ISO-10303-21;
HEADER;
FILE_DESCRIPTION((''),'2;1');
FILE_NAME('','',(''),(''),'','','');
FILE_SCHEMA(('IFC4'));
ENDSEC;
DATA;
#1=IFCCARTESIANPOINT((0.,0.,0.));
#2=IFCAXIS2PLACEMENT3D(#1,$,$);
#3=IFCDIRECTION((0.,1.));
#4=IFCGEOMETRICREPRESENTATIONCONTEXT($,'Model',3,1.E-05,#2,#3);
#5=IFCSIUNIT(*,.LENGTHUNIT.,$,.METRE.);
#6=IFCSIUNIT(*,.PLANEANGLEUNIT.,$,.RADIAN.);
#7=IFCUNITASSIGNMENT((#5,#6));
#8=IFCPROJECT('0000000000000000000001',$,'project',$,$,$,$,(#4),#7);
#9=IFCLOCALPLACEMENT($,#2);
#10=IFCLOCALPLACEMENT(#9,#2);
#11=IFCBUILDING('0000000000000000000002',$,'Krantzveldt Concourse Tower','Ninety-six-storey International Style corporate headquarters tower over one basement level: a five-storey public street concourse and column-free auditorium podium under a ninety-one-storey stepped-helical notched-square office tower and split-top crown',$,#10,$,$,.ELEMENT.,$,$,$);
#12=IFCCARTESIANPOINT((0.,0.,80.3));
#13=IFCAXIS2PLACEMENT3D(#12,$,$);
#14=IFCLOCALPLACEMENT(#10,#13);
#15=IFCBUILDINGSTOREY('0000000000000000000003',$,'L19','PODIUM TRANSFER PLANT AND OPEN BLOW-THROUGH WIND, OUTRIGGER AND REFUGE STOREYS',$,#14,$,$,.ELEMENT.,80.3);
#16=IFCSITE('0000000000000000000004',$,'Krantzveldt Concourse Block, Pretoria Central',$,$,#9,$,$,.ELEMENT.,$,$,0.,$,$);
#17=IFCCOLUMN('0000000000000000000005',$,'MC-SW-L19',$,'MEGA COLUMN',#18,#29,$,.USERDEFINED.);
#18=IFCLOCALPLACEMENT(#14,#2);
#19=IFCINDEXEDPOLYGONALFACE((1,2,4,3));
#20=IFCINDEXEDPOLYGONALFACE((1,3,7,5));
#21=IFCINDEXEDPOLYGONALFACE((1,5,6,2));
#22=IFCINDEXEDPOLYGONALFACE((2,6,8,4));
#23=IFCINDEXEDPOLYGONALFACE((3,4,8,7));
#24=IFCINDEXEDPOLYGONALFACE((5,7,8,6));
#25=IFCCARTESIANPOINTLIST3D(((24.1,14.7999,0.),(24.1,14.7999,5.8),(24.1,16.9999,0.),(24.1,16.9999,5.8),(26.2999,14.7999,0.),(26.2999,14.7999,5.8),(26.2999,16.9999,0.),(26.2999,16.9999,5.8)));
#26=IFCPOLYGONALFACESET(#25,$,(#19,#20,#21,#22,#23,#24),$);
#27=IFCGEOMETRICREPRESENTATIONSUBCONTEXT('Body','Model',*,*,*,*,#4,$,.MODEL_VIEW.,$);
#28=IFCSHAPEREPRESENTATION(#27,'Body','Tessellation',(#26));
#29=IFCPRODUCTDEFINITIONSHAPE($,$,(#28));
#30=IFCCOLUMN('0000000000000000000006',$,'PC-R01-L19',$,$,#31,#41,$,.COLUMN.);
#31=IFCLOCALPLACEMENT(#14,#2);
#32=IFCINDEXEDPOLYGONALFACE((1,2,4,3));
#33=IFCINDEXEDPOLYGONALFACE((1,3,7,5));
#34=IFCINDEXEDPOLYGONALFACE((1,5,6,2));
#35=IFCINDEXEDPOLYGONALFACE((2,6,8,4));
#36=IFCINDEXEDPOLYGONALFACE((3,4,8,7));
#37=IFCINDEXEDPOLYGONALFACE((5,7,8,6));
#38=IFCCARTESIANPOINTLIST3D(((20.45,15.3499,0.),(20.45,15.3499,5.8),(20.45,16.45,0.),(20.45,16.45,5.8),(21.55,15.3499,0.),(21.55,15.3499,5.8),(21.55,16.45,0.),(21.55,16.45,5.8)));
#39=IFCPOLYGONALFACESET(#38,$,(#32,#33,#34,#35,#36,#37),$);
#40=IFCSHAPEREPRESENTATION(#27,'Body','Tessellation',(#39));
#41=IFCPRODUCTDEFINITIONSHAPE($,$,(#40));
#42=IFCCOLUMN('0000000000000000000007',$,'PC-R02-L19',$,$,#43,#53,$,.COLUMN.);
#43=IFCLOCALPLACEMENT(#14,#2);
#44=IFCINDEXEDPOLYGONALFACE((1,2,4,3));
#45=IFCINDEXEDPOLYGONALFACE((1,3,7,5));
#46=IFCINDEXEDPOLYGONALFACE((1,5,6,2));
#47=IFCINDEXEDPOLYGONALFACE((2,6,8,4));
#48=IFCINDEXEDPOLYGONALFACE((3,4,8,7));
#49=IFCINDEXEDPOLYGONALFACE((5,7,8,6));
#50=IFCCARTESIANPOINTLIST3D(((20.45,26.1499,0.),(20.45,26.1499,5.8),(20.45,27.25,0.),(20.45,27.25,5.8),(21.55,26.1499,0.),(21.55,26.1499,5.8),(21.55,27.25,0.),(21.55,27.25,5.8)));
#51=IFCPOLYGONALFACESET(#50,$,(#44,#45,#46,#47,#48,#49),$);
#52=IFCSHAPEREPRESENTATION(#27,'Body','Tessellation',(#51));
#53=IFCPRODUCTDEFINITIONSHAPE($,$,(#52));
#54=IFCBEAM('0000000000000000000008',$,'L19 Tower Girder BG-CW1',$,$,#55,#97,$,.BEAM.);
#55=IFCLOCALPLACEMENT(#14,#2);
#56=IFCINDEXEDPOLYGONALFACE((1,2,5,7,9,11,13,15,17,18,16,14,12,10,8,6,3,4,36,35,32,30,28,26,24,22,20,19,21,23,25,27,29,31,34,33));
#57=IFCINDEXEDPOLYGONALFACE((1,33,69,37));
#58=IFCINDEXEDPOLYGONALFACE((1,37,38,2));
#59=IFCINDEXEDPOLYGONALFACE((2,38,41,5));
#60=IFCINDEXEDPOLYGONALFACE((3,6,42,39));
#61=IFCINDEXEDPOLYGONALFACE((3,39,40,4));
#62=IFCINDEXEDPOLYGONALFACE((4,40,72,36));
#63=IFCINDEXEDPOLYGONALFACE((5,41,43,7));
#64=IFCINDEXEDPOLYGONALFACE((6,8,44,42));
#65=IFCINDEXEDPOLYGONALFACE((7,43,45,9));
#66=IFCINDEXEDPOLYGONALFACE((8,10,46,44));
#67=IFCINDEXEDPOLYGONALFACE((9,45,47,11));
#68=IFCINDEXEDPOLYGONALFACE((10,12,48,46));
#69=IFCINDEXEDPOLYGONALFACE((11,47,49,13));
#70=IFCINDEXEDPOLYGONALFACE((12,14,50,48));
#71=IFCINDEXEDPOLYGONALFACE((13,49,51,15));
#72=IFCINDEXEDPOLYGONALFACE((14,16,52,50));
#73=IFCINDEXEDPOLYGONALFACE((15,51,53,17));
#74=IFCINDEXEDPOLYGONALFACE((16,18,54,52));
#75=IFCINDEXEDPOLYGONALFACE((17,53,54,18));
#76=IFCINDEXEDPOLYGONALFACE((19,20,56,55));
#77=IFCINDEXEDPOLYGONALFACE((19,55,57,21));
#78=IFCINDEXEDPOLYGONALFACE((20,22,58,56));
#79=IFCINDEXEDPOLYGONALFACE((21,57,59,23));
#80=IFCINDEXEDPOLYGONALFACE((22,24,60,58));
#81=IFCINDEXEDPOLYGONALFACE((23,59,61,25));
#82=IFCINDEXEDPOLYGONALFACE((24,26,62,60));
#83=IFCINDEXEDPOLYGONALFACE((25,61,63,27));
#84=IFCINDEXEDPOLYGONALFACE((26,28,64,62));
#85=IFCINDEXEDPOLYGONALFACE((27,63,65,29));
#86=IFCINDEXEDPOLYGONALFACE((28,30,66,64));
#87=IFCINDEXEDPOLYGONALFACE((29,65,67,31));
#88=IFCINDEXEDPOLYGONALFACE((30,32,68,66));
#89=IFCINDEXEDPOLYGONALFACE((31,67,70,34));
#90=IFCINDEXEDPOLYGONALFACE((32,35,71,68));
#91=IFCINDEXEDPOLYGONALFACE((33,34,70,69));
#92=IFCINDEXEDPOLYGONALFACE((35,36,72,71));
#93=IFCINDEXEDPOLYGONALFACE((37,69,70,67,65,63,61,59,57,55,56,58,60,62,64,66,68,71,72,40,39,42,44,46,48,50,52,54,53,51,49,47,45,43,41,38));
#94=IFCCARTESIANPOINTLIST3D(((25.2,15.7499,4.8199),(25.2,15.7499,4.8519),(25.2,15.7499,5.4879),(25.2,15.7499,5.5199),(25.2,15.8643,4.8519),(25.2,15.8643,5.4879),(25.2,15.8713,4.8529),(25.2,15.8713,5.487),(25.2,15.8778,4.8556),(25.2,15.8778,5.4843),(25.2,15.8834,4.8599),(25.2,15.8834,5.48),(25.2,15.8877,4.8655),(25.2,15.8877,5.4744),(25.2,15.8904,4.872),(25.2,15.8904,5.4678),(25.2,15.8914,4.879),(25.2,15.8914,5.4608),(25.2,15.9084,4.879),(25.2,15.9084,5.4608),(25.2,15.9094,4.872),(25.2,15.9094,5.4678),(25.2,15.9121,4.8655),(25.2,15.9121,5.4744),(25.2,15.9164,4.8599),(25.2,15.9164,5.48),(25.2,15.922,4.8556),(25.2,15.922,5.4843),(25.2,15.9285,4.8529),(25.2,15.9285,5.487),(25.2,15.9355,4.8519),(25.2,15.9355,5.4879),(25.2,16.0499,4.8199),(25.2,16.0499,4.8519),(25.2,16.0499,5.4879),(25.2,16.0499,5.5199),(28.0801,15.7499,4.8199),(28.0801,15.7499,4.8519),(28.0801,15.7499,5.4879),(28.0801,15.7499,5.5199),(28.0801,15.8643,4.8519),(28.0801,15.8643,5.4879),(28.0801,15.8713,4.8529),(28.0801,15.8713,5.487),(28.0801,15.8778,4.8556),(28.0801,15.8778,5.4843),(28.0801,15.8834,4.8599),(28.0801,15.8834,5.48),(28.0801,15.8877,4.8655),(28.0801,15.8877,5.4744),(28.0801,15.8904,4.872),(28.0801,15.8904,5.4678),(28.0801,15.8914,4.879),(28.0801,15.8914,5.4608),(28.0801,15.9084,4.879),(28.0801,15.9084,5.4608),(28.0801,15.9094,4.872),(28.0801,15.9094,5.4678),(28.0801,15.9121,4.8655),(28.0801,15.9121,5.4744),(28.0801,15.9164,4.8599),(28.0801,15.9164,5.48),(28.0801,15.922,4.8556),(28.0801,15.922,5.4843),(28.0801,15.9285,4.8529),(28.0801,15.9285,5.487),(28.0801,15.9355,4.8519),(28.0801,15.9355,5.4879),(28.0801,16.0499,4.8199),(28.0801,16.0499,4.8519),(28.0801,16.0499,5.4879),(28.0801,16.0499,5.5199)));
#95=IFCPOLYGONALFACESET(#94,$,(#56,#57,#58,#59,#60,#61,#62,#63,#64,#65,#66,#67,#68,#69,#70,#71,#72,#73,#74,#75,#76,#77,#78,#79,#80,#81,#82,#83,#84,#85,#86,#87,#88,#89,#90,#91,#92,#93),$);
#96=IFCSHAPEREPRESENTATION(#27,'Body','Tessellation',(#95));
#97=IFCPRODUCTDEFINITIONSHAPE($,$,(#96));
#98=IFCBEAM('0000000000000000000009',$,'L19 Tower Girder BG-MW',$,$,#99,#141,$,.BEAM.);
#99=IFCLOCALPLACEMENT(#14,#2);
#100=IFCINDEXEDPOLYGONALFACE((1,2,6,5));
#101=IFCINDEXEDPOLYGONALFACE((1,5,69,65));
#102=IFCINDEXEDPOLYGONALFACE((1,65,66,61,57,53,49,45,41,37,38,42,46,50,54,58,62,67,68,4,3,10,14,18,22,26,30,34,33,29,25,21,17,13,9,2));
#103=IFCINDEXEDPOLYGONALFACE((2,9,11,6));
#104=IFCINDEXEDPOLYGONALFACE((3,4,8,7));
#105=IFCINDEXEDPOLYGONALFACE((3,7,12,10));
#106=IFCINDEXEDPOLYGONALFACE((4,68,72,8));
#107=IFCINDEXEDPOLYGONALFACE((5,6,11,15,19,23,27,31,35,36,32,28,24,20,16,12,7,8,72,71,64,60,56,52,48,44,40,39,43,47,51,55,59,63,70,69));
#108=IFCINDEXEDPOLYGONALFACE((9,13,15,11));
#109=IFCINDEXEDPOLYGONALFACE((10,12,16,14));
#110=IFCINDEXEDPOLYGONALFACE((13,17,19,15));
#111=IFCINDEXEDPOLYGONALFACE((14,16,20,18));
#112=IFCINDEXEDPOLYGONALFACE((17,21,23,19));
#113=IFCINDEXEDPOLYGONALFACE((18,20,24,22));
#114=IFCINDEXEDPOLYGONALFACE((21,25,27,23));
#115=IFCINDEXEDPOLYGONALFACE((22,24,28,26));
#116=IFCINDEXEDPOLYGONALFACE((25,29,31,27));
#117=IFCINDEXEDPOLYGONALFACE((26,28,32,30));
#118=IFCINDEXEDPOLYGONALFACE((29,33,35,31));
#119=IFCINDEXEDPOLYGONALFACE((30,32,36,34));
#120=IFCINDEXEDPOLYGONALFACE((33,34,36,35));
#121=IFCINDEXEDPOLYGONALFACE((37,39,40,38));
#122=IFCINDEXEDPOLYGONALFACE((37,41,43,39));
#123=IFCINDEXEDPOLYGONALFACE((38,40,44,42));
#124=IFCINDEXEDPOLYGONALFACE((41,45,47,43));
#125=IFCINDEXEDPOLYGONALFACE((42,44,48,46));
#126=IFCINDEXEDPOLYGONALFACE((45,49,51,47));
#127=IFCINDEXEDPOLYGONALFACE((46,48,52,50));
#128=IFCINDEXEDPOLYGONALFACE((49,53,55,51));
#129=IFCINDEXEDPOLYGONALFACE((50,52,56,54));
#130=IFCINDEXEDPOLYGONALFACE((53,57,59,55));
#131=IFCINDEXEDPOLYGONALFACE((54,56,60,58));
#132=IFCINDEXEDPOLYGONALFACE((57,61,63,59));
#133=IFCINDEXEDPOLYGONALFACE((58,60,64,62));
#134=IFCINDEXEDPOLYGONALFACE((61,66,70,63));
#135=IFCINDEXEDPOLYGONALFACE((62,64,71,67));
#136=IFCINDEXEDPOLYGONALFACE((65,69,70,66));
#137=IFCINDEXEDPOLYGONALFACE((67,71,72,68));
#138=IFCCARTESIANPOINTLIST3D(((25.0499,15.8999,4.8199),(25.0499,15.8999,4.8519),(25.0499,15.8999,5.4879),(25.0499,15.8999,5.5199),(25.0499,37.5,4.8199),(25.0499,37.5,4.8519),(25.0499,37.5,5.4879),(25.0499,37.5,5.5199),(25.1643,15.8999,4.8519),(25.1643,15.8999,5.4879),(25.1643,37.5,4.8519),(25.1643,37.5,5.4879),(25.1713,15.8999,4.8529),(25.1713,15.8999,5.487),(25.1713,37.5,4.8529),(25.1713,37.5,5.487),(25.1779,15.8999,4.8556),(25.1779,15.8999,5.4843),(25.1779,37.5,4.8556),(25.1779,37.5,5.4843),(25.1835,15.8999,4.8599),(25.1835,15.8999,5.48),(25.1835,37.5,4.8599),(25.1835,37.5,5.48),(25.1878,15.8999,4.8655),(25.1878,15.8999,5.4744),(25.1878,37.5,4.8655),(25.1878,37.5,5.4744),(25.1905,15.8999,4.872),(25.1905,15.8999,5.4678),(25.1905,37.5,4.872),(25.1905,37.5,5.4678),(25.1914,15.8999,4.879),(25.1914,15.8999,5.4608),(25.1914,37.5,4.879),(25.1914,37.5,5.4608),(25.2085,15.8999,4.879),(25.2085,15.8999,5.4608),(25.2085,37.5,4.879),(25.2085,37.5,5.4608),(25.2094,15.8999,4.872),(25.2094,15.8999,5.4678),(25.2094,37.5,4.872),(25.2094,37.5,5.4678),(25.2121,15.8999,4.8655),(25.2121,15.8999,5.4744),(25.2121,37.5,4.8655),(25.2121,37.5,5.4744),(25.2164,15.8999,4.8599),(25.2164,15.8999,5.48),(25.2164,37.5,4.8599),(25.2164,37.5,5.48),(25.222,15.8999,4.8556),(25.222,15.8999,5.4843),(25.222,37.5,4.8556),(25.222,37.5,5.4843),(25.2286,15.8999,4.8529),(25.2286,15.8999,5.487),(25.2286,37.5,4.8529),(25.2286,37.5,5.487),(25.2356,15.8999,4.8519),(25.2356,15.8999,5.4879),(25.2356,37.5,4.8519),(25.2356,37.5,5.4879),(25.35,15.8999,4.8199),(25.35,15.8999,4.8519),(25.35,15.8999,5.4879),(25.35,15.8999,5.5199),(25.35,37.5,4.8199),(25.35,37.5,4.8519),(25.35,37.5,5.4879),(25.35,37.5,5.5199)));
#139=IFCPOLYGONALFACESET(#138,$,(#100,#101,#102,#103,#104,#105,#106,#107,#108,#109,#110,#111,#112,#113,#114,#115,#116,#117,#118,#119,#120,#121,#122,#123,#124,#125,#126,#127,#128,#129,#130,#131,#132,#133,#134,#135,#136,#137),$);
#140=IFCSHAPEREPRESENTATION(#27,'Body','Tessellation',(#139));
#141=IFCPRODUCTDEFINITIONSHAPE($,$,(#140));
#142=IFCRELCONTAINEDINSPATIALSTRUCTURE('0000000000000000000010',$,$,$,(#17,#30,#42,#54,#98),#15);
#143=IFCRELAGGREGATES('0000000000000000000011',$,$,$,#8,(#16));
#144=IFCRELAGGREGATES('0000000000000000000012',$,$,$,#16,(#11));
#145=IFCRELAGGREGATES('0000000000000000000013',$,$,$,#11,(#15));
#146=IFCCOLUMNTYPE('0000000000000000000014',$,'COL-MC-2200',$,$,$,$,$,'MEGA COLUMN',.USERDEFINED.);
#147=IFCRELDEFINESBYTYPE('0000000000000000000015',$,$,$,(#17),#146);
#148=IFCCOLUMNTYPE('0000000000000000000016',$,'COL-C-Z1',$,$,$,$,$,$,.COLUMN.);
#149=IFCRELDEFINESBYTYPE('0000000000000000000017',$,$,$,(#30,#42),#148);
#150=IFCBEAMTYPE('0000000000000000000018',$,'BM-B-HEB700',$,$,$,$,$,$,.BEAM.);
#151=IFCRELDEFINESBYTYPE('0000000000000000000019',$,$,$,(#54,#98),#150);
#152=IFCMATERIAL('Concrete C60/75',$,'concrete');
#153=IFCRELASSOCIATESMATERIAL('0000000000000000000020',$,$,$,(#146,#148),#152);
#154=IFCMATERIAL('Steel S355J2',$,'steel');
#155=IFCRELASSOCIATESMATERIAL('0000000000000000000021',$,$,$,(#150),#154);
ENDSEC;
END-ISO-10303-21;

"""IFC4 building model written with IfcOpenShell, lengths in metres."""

from ifc_helpers import new_model, si_unit, direction, frame, origin, origin_2d, place, context, subcontext, project, spatial, rectangle, i_section, extrude, source, transform, mapped, material, material_profile, profile_set, type_object, type_shapes, element, save


model = new_model("IFC4")

# Units and contexts
model_context = context("Model", 3, precision=1e-05, world=origin(), true_north=direction((0.0, 1.0)))
body_context = subcontext(model_context, "Body", "Model", "MODEL_VIEW")
ifc_project = project(units=[si_unit("LENGTHUNIT", "METRE"), si_unit("PLANEANGLEUNIT", "RADIAN")], contexts=[model_context])

# Site, building, storey
site_placement = place(None, origin())
site = spatial("IfcSite", under=ifc_project, at=site_placement, Name="Krantzveldt Concourse Block, Pretoria Central", CompositionType="ELEMENT", RefElevation=0.0)
building_placement = place(site_placement, origin())
building = spatial("IfcBuilding", under=site, at=building_placement, Name="Krantzveldt Concourse Tower", Description="Ninety-six-storey International Style corporate headquarters tower over one basement level: a five-storey public street concourse and column-free auditorium podium under a ninety-one-storey stepped-helical notched-square office tower and split-top crown", CompositionType="ELEMENT")
storey_placement = place(building_placement, frame((0.0, 0.0, 80.3)))
storey = spatial("IfcBuildingStorey", under=building, at=storey_placement, Name="L19", Description="PODIUM TRANSFER PLANT AND OPEN BLOW-THROUGH WIND, OUTRIGGER AND REFUGE STOREYS", CompositionType="ELEMENT", Elevation=80.3)

# Columns
ifc_material_1 = material(Name="Concrete C60/75", Category="concrete")
ifc_material_profile_1 = material_profile(ifc_material_1, rectangle(XDim=2.2, YDim=2.2, at=origin_2d()), Name="Concrete C60/75", Category="concrete")
ifc_profile_set_1 = profile_set([ifc_material_profile_1], Name="Concrete C60/75 - RC 2200x2200")
column_type_1 = type_object("IfcColumnType", Name="COL-MC-2200", ElementType="MEGA COLUMN", PredefinedType="USERDEFINED", material=ifc_profile_set_1)
shared_shape_1 = source(origin(), body_context, "Body", "SweptSolid", [
    extrude(rectangle(XDim=2.2, YDim=2.2, at=origin_2d()), origin(), (0.0, 0.0, 1.0), 5.8),
])
type_shapes(column_type_1, [shared_shape_1])
column_placement = place(storey_placement, frame((25.2, 15.8999, 0.0), z_axis=(0.0, 0.0, 1.0), x_axis=(1.0, 0.0, 0.0)))
element("IfcColumn", 1, at=column_placement, inside=storey, type_object=column_type_1, Name="MC-SW-L19", ObjectType="MEGA COLUMN", PredefinedType="USERDEFINED", context=body_context, shape_type="MappedRepresentation", body=[
    mapped(shared_shape_1, transform((0.0, 0.0, 0.0), x_axis=(1.0, 0.0, 0.0), y_axis=(0.0, 1.0, 0.0), z_axis=(0.0, 0.0, 1.0), scale=1.0)),
])
ifc_material_profile_2 = material_profile(ifc_material_1, rectangle(XDim=1.1001, YDim=1.1001, at=origin_2d()), Name="Concrete C60/75", Category="concrete")
ifc_profile_set_2 = profile_set([ifc_material_profile_2], Name="Concrete C60/75 - RC 1100x1100")
column_type_2 = type_object("IfcColumnType", Name="COL-C-Z1", PredefinedType="COLUMN", material=ifc_profile_set_2)
shared_shape_2 = source(origin(), body_context, "Body", "SweptSolid", [
    extrude(rectangle(XDim=1.1001, YDim=1.1001, at=origin_2d()), origin(), (0.0, 0.0, 1.0), 5.8),
])
type_shapes(column_type_2, [shared_shape_2])
for number, where, z_axis, x_axis, name in (
    (2, (21.0, 15.8999, 0.0), (0.0, 0.0, 1.0), (1.0, 0.0, 0.0), "PC-R01-L19"),
    (3, (21.0, 26.7, 0.0), (0.0, 0.0, 1.0), (1.0, 0.0, 0.0), "PC-R02-L19"),
):
    element("IfcColumn", number, at=place(storey_placement, frame(where, z_axis=z_axis, x_axis=x_axis)), inside=storey, type_object=column_type_2, Name=name, PredefinedType="COLUMN", context=body_context, shape_type="MappedRepresentation", body=[
        mapped(shared_shape_2, transform((0.0, 0.0, 0.0), x_axis=(1.0, 0.0, 0.0), y_axis=(0.0, 1.0, 0.0), z_axis=(0.0, 0.0, 1.0), scale=1.0)),
    ])

# Beams
ifc_material_2 = material(Name="Steel S355J2", Category="steel")
ifc_material_profile_3 = material_profile(ifc_material_2, i_section(OverallWidth=0.3, OverallDepth=0.7, WebThickness=0.0171, FlangeThickness=0.032, FilletRadius=0.0271, at=origin_2d()), Name="Steel S355J2", Category="steel")
ifc_profile_set_3 = profile_set([ifc_material_profile_3], Name="Steel S355J2 - HEB 700")
beam_type_1 = type_object("IfcBeamType", Name="BM-B-HEB700", PredefinedType="BEAM", material=ifc_profile_set_3)
shared_shape_3 = source(origin(), body_context, "Body", "SweptSolid", [
    extrude(i_section(OverallWidth=0.3, OverallDepth=0.7, WebThickness=0.0171, FlangeThickness=0.032, FilletRadius=0.0271, at=origin_2d()), origin(), (0.0, 0.0, 1.0), 2.8801),
])
beam_1_placement = place(storey_placement, frame((25.2, 15.8999, 5.1699), z_axis=(1.0, 0.0, 0.0), x_axis=(0.0, 1.0, 0.0)))
element("IfcBeam", 4, at=beam_1_placement, inside=storey, type_object=beam_type_1, Name="L19 Tower Girder BG-CW1", PredefinedType="BEAM", context=body_context, shape_type="MappedRepresentation", body=[
    mapped(shared_shape_3, transform((0.0, 0.0, 0.0), x_axis=(1.0, 0.0, 0.0), y_axis=(0.0, 1.0, 0.0), z_axis=(0.0, 0.0, 1.0), scale=1.0)),
])
shared_shape_4 = source(origin(), body_context, "Body", "SweptSolid", [
    extrude(i_section(OverallWidth=0.3, OverallDepth=0.7, WebThickness=0.0171, FlangeThickness=0.032, FilletRadius=0.0271, at=origin_2d()), origin(), (0.0, 0.0, 1.0), 21.6001),
])
type_shapes(beam_type_1, [shared_shape_3, shared_shape_4])
beam_2_placement = place(storey_placement, frame((25.2, 15.8999, 5.1699), z_axis=(0.0, 1.0, 0.0), x_axis=(-1.0, 0.0, 0.0)))
element("IfcBeam", 5, at=beam_2_placement, inside=storey, type_object=beam_type_1, Name="L19 Tower Girder BG-MW", PredefinedType="BEAM", context=body_context, shape_type="MappedRepresentation", body=[
    mapped(shared_shape_4, transform((0.0, 0.0, 0.0), x_axis=(1.0, 0.0, 0.0), y_axis=(0.0, 1.0, 0.0), z_axis=(0.0, 0.0, 1.0), scale=1.0)),
])

save(model, "model.ifc")
